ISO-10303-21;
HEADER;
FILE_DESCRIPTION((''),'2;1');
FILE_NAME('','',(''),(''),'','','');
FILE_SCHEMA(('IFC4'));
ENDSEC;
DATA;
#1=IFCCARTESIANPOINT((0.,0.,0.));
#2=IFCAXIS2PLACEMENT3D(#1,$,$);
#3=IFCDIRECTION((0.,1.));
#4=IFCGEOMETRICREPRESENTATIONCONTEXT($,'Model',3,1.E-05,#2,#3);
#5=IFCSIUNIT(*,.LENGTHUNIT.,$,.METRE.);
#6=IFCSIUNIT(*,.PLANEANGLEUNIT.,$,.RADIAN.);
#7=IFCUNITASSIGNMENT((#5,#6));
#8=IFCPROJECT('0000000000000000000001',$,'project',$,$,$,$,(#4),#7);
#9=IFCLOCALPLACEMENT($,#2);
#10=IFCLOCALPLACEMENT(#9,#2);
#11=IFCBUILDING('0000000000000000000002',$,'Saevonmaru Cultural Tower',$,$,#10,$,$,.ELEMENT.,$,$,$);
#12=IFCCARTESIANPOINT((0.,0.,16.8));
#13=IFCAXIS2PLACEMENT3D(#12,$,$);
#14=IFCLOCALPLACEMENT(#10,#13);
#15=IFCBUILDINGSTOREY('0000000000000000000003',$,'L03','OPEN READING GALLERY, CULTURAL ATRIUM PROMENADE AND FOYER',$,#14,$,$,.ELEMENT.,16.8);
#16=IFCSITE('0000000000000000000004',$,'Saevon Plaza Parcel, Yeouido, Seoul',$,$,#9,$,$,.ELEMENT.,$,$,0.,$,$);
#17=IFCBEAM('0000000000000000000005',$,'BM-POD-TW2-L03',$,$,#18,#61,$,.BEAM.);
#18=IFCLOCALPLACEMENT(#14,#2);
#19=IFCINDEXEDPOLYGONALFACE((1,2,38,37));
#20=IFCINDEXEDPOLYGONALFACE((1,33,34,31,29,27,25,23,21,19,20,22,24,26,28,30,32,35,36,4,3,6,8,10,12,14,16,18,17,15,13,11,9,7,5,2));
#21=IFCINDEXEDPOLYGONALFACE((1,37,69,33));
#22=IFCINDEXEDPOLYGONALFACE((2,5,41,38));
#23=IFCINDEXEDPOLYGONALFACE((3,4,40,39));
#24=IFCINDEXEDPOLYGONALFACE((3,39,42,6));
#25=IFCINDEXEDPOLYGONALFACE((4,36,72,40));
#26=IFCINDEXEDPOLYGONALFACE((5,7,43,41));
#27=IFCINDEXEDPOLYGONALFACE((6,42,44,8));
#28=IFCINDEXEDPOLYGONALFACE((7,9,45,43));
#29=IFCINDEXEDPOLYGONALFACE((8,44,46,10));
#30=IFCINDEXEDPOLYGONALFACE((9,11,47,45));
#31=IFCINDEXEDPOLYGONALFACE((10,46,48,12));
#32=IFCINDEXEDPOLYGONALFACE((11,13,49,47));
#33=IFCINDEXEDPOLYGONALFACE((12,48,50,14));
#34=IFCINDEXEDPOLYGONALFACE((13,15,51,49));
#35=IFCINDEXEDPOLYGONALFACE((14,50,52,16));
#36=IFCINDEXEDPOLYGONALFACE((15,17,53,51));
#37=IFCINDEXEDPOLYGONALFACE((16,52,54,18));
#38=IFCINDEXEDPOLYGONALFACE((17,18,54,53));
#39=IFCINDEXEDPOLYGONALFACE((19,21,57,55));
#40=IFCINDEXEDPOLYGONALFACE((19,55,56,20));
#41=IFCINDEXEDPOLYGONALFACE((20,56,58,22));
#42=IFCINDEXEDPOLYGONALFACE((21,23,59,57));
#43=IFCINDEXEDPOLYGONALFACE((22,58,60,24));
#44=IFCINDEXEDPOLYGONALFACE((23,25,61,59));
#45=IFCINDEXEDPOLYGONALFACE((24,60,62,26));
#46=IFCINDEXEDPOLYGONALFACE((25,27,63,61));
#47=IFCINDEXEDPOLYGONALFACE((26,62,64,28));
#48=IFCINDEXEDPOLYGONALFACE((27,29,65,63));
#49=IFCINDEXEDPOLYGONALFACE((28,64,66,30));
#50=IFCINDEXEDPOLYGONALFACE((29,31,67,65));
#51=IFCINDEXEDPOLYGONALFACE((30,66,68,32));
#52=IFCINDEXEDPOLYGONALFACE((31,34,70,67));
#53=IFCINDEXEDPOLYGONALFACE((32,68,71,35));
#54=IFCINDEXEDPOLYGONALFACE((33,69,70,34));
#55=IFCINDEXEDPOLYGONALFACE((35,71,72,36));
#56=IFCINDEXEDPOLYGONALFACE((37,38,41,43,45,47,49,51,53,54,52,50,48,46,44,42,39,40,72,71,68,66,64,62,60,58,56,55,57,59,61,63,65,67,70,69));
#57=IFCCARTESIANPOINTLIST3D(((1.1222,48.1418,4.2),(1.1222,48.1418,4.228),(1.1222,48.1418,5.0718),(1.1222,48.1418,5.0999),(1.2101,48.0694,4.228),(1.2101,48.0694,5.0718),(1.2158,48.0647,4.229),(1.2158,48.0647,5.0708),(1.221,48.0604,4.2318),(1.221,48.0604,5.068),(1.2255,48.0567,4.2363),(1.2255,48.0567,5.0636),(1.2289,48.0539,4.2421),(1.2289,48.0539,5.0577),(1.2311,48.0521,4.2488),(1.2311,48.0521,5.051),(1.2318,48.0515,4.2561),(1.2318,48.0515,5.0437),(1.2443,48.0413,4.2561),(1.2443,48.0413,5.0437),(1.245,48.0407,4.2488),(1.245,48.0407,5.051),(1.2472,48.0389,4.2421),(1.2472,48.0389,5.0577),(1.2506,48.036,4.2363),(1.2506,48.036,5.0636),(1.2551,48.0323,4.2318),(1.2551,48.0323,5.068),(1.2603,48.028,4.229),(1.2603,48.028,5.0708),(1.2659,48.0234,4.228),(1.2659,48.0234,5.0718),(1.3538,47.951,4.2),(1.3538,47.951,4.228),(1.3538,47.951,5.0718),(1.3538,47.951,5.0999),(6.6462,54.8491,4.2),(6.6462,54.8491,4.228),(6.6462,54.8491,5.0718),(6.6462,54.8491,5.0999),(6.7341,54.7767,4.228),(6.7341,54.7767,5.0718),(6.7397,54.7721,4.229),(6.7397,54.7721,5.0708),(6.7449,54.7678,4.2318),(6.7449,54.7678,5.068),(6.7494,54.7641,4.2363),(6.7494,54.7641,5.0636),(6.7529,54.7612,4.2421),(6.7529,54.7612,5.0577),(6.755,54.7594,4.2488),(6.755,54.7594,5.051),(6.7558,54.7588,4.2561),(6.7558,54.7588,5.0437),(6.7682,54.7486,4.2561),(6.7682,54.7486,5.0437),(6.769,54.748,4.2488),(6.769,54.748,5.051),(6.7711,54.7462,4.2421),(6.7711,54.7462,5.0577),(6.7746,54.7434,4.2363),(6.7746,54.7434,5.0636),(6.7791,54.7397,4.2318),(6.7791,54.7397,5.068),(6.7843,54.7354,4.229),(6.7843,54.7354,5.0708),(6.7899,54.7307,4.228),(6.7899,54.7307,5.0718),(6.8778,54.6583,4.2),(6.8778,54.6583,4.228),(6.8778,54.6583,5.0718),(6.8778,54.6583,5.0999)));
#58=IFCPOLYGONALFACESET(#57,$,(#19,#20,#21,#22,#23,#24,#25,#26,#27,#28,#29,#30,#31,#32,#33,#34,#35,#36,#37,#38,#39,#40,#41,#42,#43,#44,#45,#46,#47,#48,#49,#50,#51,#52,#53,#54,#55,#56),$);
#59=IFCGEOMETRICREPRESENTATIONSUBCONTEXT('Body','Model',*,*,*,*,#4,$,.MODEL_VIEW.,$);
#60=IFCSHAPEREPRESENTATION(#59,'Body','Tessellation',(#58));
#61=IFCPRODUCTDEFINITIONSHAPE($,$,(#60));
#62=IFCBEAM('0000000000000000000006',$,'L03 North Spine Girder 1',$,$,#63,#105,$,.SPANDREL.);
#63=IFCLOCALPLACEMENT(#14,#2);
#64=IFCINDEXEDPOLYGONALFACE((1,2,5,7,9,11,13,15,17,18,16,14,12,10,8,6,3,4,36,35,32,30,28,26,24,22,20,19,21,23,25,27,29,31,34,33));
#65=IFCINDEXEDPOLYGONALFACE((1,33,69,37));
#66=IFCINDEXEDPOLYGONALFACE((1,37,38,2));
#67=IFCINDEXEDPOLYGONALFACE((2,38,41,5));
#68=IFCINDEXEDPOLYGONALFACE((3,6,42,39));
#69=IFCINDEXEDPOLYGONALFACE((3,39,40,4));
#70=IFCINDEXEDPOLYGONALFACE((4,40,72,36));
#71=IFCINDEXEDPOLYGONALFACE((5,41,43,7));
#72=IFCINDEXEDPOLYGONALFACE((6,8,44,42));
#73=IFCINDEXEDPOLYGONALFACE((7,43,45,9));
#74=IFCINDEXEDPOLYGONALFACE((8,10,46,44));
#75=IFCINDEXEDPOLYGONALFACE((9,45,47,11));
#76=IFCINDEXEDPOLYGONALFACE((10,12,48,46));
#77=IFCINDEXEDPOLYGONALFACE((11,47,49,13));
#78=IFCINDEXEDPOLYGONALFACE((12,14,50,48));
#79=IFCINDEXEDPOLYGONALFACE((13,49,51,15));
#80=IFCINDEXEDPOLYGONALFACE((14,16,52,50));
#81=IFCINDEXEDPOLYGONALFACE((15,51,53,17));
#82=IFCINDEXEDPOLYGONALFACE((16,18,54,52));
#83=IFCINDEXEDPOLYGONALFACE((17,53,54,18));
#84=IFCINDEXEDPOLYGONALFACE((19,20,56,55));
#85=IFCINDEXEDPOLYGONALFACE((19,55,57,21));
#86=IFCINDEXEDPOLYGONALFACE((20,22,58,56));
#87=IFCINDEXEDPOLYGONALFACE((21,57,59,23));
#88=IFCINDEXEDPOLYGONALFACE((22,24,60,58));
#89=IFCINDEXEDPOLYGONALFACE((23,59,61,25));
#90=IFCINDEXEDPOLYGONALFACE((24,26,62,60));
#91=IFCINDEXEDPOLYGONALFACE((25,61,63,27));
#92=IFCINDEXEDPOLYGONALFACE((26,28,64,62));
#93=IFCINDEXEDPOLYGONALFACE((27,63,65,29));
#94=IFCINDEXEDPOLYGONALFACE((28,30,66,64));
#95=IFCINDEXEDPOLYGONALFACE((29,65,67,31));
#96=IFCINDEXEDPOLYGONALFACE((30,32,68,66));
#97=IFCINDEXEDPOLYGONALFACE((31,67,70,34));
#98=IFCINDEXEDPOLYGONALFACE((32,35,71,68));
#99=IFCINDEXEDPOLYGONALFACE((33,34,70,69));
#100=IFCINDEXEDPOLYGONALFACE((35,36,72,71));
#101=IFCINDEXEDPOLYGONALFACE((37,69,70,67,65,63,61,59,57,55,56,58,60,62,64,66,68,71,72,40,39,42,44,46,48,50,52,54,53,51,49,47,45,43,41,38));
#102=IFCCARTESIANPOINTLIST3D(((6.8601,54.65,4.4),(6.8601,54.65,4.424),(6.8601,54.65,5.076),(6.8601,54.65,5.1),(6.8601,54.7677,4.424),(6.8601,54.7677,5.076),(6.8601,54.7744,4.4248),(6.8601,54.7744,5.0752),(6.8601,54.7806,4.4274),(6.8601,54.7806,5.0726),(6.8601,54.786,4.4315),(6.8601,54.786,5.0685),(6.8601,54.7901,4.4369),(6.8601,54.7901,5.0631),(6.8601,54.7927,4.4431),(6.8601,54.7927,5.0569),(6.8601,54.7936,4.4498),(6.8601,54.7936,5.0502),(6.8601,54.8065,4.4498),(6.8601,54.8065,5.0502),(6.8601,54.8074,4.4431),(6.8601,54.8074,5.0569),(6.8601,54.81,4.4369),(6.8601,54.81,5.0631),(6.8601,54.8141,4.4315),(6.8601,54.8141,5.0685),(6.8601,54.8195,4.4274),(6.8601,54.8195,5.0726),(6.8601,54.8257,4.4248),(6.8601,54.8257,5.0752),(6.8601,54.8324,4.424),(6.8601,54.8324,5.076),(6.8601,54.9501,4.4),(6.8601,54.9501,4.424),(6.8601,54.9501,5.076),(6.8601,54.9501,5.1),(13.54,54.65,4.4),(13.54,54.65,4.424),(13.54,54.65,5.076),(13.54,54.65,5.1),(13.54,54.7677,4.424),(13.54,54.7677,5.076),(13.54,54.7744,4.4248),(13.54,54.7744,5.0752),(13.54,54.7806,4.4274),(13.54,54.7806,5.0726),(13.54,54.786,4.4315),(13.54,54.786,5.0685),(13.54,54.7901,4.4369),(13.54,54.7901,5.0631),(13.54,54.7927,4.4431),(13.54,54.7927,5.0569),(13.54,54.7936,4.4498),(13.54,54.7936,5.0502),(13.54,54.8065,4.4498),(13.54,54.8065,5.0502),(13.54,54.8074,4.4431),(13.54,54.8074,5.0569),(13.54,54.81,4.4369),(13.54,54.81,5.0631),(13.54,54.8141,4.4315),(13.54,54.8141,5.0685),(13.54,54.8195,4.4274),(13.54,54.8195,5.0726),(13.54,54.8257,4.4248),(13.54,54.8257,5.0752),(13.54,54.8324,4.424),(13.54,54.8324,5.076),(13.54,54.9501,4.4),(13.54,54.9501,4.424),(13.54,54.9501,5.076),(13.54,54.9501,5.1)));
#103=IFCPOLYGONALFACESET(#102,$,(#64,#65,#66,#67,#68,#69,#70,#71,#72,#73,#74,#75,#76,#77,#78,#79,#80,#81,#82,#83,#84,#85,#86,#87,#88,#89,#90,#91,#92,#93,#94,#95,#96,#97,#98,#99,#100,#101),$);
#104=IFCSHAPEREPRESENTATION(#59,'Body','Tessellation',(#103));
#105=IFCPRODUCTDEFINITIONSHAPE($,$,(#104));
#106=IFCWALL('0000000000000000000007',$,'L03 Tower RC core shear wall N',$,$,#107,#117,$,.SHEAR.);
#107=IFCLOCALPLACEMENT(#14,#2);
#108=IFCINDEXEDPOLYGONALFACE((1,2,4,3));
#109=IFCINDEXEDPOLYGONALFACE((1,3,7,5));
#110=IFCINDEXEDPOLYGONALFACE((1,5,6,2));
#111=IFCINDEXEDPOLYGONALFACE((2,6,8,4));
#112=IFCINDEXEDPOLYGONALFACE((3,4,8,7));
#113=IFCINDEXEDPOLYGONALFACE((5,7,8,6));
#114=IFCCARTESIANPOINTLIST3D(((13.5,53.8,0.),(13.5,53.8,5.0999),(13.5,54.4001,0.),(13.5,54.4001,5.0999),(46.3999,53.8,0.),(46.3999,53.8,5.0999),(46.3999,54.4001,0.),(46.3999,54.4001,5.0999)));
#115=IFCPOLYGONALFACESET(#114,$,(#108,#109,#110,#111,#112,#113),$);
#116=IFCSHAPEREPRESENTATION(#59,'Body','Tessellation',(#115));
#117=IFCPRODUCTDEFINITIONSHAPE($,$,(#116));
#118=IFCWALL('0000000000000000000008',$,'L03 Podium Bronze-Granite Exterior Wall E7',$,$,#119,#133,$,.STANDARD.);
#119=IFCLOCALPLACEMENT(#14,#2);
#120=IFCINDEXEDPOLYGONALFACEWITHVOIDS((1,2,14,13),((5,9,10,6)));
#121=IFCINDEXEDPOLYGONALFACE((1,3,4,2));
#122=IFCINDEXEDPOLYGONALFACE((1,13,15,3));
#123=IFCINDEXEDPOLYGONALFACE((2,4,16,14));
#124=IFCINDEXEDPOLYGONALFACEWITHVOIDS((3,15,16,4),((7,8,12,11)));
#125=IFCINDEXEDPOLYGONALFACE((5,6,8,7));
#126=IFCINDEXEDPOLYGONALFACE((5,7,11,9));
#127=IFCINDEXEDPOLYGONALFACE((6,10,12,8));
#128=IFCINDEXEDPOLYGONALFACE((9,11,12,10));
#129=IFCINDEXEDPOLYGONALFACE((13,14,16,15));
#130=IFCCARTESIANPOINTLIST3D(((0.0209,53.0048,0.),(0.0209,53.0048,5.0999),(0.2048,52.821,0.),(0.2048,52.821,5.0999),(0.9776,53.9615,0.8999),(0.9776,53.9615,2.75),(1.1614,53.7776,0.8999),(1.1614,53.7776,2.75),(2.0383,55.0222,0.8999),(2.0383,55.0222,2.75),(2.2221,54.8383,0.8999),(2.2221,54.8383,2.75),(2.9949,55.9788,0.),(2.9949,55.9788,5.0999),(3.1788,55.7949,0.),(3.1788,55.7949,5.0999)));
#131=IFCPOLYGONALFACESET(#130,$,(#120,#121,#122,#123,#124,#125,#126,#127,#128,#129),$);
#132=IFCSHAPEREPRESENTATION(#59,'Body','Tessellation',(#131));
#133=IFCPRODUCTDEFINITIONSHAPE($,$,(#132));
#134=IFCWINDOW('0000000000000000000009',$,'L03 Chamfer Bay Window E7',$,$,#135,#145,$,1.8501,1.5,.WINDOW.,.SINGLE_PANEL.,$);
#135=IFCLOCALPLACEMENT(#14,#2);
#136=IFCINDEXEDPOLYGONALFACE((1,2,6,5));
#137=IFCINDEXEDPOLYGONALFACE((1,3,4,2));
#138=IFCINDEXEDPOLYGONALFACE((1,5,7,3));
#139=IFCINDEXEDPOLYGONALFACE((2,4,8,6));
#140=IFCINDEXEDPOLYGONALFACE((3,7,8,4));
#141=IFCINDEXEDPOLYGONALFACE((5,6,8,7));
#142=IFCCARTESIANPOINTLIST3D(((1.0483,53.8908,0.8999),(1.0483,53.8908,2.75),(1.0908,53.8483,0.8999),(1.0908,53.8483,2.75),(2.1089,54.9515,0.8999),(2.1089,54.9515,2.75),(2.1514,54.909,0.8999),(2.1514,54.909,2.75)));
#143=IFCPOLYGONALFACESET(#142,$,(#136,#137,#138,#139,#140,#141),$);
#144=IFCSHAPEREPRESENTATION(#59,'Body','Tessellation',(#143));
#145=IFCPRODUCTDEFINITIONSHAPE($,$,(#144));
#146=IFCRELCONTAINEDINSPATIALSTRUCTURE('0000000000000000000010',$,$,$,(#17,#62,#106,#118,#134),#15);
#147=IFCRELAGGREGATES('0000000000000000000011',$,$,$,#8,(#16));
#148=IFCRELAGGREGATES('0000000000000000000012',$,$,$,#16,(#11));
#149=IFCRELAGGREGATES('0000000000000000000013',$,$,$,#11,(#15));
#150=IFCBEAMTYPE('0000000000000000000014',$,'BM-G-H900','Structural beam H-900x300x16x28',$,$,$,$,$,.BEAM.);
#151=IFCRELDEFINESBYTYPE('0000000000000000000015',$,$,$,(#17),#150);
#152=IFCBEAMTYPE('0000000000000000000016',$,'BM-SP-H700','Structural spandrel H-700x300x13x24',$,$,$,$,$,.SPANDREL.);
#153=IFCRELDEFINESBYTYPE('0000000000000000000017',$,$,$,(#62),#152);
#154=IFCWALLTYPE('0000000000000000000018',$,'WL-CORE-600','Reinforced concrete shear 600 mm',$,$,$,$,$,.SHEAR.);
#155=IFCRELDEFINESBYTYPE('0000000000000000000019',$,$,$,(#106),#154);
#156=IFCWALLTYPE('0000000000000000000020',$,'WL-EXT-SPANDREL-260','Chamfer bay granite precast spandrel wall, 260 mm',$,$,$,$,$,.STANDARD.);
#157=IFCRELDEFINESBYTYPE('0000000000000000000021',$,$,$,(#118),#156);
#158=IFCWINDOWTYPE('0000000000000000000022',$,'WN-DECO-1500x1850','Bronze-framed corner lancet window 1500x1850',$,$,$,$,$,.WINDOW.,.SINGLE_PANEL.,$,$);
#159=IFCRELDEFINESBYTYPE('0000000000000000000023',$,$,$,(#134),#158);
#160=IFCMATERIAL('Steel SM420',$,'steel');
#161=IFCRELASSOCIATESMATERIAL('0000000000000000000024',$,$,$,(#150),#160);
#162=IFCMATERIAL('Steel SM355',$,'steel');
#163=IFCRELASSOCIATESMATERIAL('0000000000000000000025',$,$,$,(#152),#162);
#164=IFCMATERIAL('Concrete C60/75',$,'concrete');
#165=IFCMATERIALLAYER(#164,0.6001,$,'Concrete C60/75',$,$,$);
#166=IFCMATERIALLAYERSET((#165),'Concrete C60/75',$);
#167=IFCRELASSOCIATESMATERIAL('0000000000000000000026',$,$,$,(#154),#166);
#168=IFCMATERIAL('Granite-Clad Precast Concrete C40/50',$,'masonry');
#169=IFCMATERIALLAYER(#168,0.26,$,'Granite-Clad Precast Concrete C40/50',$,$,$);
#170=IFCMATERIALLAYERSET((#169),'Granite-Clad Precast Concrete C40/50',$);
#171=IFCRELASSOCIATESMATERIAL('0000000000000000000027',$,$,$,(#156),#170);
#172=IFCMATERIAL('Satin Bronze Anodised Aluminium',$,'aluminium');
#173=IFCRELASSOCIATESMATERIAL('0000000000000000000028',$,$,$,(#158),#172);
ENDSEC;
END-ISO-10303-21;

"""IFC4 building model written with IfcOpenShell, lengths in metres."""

from ifc_helpers import new_model, si_unit, direction, frame, frame_2d, origin, origin_2d, place, context, subcontext, project, spatial, rectangle, i_section, extrude, material, layer, layer_set, material_profile, profile_set, type_object, element, fill, save


model = new_model("IFC4")

# Units and contexts
model_context = context("Model", 3, precision=1e-05, world=origin(), true_north=direction((0.0, 1.0)))
body_context = subcontext(model_context, "Body", "Model", "MODEL_VIEW")
ifc_project = project(units=[si_unit("LENGTHUNIT", "METRE"), si_unit("PLANEANGLEUNIT", "RADIAN")], contexts=[model_context])

# Site, building, storey
site_placement = place(None, origin())
site = spatial("IfcSite", under=ifc_project, at=site_placement, Name="Saevon Plaza Parcel, Yeouido, Seoul", CompositionType="ELEMENT", RefElevation=0.0)
building_placement = place(site_placement, origin())
building = spatial("IfcBuilding", under=site, at=building_placement, Name="Saevonmaru Cultural Tower", CompositionType="ELEMENT")
storey_placement = place(building_placement, frame((0.0, 0.0, 16.8)))
storey = spatial("IfcBuildingStorey", under=building, at=storey_placement, Name="L03", Description="OPEN READING GALLERY, CULTURAL ATRIUM PROMENADE AND FOYER", CompositionType="ELEMENT", Elevation=16.8)

# Shared definitions
ifc_material_1 = material(Name="Steel SM420", Category="steel")
ifc_material_2 = material(Name="Steel SM355", Category="steel")

# Beams
ifc_material_profile_1 = material_profile(ifc_material_1, i_section(OverallWidth=0.3, OverallDepth=0.8999, WebThickness=0.0161, FlangeThickness=0.0281, FilletRadius=0.0281, at=origin_2d()), Name="H-900x300x16x28")
ifc_profile_set_1 = profile_set([ifc_material_profile_1], Name="Steel SM420")
beam_type_1 = type_object("IfcBeamType", Name="BM-G-H900", Description="Structural beam H-900x300x16x28", PredefinedType="BEAM", material=ifc_profile_set_1)
beam_1_placement = place(storey_placement, frame((1.238, 48.0464, 4.6499), z_axis=(0.635727, 0.771914, 0.0), x_axis=(-0.771914, 0.635727, 0.0)))
element("IfcBeam", 1, at=beam_1_placement, inside=storey, type_object=beam_type_1, Name="BM-POD-TW2-L03", PredefinedType="BEAM", context=body_context, shape_type="SweptSolid", body=[
    extrude(i_section(OverallWidth=0.3, OverallDepth=0.8999, WebThickness=0.0161, FlangeThickness=0.0281, FilletRadius=0.0281, at=origin_2d()), origin(), (0.0, 0.0, 1.0), 8.6892),
])
ifc_material_profile_2 = material_profile(ifc_material_2, i_section(OverallWidth=0.3, OverallDepth=0.7, WebThickness=0.0129, FlangeThickness=0.0239, FilletRadius=0.0259, at=origin_2d()), Name="H-700x300x13x24")
ifc_profile_set_2 = profile_set([ifc_material_profile_2], Name="Steel SM355")
beam_type_2 = type_object("IfcBeamType", Name="BM-SP-H700", Description="Structural spandrel H-700x300x13x24", PredefinedType="SPANDREL", material=ifc_profile_set_2)
beam_2_placement = place(storey_placement, frame((6.8601, 54.8, 4.75), z_axis=(1.0, 0.0, 0.0), x_axis=(0.0, 1.0, 0.0)))
element("IfcBeam", 2, at=beam_2_placement, inside=storey, type_object=beam_type_2, Name="L03 North Spine Girder 1", PredefinedType="SPANDREL", context=body_context, shape_type="SweptSolid", body=[
    extrude(i_section(OverallWidth=0.3, OverallDepth=0.7, WebThickness=0.0129, FlangeThickness=0.0239, FilletRadius=0.0259, at=origin_2d()), origin(), (0.0, 0.0, 1.0), 6.6799),
])

# Wall
ifc_material_3 = material(Name="Concrete C60/75", Category="concrete")
ifc_layer_1 = layer(ifc_material_3, 0.6001, Name="Concrete C60/75")
ifc_layer_set_1 = layer_set([ifc_layer_1], Name="Concrete C60/75")
wall_type_1 = type_object("IfcWallType", Name="WL-CORE-600", Description="Reinforced concrete shear 600 mm", PredefinedType="SHEAR", material=ifc_layer_set_1)
wall_1_placement = place(storey_placement, frame((13.5, 54.1001, 0.0), z_axis=(0.0, 0.0, 1.0), x_axis=(1.0, 0.0, 0.0)))
element("IfcWall", 3, at=wall_1_placement, inside=storey, type_object=wall_type_1, Name="L03 Tower RC core shear wall N", PredefinedType="SHEAR", context=body_context, shape_type="SweptSolid", body=[
    extrude(rectangle(XDim=32.8999, YDim=0.6001, at=frame_2d((16.45, 0.0))), origin(), (0.0, 0.0, 1.0), 5.0999),
])

# Wall, opening, window
ifc_material_4 = material(Name="Granite-Clad Precast Concrete C40/50", Category="masonry")
ifc_layer_2 = layer(ifc_material_4, 0.26, Name="Granite-Clad Precast Concrete C40/50")
ifc_layer_set_2 = layer_set([ifc_layer_2], Name="Granite-Clad Precast Concrete C40/50")
wall_type_2 = type_object("IfcWallType", Name="WL-EXT-SPANDREL-260", Description="Chamfer bay granite precast spandrel wall, 260 mm", PredefinedType="STANDARD", material=ifc_layer_set_2)
wall_2_placement = place(storey_placement, frame((3.0869, 55.887, 0.0), z_axis=(0.0, 0.0, 1.0), x_axis=(-0.707107, -0.707107, 0.0)))
wall_2 = element("IfcWall", 4, at=wall_2_placement, inside=storey, type_object=wall_type_2, Name="L03 Podium Bronze-Granite Exterior Wall E7", PredefinedType="STANDARD", context=body_context, shape_type="SweptSolid", body=[
    extrude(rectangle(XDim=4.2058, YDim=0.26, at=frame_2d((2.103, 0.0))), origin(), (0.0, 0.0, 1.0), 5.0999),
])
opening_1_placement = place(wall_2_placement, frame((1.353, 0.0, 0.8999)))
opening_1 = element("IfcOpeningElement", 5, at=opening_1_placement, cuts=wall_2, PredefinedType="OPENING", context=body_context, shape_type="SweptSolid", body=[
    extrude(rectangle(XDim=1.5, YDim=1.8501, at=frame_2d((0.75, 0.925))), frame((0.0, 0.1401, 0.0), z_axis=(0.0, -1.0, 0.0), x_axis=(1.0, 0.0, 0.0)), (0.0, 0.0, 1.0), 0.28),
])
ifc_material_5 = material(Name="Satin Bronze Anodised Aluminium", Category="aluminium")
window_type_1 = type_object("IfcWindowType", Name="WN-DECO-1500x1850", Description="Bronze-framed corner lancet window 1500x1850", PartitioningType="SINGLE_PANEL", PredefinedType="WINDOW", material=ifc_material_5)
window_1_placement = place(opening_1_placement, origin())
window_1 = element("IfcWindow", 6, at=window_1_placement, inside=storey, type_object=window_type_1, Name="L03 Chamfer Bay Window E7", OverallHeight=1.8501, OverallWidth=1.5, PartitioningType="SINGLE_PANEL", PredefinedType="WINDOW", context=body_context, shape_type="SweptSolid", body=[
    extrude(rectangle(XDim=1.5, YDim=1.8501, at=frame_2d((0.75, 0.925))), frame((0.0, 0.03, 0.0), z_axis=(0.0, -1.0, 0.0), x_axis=(1.0, 0.0, 0.0)), (0.0, 0.0, 1.0), 0.0601),
])
fill(opening_1, window_1)

save(model, "model.ifc")
